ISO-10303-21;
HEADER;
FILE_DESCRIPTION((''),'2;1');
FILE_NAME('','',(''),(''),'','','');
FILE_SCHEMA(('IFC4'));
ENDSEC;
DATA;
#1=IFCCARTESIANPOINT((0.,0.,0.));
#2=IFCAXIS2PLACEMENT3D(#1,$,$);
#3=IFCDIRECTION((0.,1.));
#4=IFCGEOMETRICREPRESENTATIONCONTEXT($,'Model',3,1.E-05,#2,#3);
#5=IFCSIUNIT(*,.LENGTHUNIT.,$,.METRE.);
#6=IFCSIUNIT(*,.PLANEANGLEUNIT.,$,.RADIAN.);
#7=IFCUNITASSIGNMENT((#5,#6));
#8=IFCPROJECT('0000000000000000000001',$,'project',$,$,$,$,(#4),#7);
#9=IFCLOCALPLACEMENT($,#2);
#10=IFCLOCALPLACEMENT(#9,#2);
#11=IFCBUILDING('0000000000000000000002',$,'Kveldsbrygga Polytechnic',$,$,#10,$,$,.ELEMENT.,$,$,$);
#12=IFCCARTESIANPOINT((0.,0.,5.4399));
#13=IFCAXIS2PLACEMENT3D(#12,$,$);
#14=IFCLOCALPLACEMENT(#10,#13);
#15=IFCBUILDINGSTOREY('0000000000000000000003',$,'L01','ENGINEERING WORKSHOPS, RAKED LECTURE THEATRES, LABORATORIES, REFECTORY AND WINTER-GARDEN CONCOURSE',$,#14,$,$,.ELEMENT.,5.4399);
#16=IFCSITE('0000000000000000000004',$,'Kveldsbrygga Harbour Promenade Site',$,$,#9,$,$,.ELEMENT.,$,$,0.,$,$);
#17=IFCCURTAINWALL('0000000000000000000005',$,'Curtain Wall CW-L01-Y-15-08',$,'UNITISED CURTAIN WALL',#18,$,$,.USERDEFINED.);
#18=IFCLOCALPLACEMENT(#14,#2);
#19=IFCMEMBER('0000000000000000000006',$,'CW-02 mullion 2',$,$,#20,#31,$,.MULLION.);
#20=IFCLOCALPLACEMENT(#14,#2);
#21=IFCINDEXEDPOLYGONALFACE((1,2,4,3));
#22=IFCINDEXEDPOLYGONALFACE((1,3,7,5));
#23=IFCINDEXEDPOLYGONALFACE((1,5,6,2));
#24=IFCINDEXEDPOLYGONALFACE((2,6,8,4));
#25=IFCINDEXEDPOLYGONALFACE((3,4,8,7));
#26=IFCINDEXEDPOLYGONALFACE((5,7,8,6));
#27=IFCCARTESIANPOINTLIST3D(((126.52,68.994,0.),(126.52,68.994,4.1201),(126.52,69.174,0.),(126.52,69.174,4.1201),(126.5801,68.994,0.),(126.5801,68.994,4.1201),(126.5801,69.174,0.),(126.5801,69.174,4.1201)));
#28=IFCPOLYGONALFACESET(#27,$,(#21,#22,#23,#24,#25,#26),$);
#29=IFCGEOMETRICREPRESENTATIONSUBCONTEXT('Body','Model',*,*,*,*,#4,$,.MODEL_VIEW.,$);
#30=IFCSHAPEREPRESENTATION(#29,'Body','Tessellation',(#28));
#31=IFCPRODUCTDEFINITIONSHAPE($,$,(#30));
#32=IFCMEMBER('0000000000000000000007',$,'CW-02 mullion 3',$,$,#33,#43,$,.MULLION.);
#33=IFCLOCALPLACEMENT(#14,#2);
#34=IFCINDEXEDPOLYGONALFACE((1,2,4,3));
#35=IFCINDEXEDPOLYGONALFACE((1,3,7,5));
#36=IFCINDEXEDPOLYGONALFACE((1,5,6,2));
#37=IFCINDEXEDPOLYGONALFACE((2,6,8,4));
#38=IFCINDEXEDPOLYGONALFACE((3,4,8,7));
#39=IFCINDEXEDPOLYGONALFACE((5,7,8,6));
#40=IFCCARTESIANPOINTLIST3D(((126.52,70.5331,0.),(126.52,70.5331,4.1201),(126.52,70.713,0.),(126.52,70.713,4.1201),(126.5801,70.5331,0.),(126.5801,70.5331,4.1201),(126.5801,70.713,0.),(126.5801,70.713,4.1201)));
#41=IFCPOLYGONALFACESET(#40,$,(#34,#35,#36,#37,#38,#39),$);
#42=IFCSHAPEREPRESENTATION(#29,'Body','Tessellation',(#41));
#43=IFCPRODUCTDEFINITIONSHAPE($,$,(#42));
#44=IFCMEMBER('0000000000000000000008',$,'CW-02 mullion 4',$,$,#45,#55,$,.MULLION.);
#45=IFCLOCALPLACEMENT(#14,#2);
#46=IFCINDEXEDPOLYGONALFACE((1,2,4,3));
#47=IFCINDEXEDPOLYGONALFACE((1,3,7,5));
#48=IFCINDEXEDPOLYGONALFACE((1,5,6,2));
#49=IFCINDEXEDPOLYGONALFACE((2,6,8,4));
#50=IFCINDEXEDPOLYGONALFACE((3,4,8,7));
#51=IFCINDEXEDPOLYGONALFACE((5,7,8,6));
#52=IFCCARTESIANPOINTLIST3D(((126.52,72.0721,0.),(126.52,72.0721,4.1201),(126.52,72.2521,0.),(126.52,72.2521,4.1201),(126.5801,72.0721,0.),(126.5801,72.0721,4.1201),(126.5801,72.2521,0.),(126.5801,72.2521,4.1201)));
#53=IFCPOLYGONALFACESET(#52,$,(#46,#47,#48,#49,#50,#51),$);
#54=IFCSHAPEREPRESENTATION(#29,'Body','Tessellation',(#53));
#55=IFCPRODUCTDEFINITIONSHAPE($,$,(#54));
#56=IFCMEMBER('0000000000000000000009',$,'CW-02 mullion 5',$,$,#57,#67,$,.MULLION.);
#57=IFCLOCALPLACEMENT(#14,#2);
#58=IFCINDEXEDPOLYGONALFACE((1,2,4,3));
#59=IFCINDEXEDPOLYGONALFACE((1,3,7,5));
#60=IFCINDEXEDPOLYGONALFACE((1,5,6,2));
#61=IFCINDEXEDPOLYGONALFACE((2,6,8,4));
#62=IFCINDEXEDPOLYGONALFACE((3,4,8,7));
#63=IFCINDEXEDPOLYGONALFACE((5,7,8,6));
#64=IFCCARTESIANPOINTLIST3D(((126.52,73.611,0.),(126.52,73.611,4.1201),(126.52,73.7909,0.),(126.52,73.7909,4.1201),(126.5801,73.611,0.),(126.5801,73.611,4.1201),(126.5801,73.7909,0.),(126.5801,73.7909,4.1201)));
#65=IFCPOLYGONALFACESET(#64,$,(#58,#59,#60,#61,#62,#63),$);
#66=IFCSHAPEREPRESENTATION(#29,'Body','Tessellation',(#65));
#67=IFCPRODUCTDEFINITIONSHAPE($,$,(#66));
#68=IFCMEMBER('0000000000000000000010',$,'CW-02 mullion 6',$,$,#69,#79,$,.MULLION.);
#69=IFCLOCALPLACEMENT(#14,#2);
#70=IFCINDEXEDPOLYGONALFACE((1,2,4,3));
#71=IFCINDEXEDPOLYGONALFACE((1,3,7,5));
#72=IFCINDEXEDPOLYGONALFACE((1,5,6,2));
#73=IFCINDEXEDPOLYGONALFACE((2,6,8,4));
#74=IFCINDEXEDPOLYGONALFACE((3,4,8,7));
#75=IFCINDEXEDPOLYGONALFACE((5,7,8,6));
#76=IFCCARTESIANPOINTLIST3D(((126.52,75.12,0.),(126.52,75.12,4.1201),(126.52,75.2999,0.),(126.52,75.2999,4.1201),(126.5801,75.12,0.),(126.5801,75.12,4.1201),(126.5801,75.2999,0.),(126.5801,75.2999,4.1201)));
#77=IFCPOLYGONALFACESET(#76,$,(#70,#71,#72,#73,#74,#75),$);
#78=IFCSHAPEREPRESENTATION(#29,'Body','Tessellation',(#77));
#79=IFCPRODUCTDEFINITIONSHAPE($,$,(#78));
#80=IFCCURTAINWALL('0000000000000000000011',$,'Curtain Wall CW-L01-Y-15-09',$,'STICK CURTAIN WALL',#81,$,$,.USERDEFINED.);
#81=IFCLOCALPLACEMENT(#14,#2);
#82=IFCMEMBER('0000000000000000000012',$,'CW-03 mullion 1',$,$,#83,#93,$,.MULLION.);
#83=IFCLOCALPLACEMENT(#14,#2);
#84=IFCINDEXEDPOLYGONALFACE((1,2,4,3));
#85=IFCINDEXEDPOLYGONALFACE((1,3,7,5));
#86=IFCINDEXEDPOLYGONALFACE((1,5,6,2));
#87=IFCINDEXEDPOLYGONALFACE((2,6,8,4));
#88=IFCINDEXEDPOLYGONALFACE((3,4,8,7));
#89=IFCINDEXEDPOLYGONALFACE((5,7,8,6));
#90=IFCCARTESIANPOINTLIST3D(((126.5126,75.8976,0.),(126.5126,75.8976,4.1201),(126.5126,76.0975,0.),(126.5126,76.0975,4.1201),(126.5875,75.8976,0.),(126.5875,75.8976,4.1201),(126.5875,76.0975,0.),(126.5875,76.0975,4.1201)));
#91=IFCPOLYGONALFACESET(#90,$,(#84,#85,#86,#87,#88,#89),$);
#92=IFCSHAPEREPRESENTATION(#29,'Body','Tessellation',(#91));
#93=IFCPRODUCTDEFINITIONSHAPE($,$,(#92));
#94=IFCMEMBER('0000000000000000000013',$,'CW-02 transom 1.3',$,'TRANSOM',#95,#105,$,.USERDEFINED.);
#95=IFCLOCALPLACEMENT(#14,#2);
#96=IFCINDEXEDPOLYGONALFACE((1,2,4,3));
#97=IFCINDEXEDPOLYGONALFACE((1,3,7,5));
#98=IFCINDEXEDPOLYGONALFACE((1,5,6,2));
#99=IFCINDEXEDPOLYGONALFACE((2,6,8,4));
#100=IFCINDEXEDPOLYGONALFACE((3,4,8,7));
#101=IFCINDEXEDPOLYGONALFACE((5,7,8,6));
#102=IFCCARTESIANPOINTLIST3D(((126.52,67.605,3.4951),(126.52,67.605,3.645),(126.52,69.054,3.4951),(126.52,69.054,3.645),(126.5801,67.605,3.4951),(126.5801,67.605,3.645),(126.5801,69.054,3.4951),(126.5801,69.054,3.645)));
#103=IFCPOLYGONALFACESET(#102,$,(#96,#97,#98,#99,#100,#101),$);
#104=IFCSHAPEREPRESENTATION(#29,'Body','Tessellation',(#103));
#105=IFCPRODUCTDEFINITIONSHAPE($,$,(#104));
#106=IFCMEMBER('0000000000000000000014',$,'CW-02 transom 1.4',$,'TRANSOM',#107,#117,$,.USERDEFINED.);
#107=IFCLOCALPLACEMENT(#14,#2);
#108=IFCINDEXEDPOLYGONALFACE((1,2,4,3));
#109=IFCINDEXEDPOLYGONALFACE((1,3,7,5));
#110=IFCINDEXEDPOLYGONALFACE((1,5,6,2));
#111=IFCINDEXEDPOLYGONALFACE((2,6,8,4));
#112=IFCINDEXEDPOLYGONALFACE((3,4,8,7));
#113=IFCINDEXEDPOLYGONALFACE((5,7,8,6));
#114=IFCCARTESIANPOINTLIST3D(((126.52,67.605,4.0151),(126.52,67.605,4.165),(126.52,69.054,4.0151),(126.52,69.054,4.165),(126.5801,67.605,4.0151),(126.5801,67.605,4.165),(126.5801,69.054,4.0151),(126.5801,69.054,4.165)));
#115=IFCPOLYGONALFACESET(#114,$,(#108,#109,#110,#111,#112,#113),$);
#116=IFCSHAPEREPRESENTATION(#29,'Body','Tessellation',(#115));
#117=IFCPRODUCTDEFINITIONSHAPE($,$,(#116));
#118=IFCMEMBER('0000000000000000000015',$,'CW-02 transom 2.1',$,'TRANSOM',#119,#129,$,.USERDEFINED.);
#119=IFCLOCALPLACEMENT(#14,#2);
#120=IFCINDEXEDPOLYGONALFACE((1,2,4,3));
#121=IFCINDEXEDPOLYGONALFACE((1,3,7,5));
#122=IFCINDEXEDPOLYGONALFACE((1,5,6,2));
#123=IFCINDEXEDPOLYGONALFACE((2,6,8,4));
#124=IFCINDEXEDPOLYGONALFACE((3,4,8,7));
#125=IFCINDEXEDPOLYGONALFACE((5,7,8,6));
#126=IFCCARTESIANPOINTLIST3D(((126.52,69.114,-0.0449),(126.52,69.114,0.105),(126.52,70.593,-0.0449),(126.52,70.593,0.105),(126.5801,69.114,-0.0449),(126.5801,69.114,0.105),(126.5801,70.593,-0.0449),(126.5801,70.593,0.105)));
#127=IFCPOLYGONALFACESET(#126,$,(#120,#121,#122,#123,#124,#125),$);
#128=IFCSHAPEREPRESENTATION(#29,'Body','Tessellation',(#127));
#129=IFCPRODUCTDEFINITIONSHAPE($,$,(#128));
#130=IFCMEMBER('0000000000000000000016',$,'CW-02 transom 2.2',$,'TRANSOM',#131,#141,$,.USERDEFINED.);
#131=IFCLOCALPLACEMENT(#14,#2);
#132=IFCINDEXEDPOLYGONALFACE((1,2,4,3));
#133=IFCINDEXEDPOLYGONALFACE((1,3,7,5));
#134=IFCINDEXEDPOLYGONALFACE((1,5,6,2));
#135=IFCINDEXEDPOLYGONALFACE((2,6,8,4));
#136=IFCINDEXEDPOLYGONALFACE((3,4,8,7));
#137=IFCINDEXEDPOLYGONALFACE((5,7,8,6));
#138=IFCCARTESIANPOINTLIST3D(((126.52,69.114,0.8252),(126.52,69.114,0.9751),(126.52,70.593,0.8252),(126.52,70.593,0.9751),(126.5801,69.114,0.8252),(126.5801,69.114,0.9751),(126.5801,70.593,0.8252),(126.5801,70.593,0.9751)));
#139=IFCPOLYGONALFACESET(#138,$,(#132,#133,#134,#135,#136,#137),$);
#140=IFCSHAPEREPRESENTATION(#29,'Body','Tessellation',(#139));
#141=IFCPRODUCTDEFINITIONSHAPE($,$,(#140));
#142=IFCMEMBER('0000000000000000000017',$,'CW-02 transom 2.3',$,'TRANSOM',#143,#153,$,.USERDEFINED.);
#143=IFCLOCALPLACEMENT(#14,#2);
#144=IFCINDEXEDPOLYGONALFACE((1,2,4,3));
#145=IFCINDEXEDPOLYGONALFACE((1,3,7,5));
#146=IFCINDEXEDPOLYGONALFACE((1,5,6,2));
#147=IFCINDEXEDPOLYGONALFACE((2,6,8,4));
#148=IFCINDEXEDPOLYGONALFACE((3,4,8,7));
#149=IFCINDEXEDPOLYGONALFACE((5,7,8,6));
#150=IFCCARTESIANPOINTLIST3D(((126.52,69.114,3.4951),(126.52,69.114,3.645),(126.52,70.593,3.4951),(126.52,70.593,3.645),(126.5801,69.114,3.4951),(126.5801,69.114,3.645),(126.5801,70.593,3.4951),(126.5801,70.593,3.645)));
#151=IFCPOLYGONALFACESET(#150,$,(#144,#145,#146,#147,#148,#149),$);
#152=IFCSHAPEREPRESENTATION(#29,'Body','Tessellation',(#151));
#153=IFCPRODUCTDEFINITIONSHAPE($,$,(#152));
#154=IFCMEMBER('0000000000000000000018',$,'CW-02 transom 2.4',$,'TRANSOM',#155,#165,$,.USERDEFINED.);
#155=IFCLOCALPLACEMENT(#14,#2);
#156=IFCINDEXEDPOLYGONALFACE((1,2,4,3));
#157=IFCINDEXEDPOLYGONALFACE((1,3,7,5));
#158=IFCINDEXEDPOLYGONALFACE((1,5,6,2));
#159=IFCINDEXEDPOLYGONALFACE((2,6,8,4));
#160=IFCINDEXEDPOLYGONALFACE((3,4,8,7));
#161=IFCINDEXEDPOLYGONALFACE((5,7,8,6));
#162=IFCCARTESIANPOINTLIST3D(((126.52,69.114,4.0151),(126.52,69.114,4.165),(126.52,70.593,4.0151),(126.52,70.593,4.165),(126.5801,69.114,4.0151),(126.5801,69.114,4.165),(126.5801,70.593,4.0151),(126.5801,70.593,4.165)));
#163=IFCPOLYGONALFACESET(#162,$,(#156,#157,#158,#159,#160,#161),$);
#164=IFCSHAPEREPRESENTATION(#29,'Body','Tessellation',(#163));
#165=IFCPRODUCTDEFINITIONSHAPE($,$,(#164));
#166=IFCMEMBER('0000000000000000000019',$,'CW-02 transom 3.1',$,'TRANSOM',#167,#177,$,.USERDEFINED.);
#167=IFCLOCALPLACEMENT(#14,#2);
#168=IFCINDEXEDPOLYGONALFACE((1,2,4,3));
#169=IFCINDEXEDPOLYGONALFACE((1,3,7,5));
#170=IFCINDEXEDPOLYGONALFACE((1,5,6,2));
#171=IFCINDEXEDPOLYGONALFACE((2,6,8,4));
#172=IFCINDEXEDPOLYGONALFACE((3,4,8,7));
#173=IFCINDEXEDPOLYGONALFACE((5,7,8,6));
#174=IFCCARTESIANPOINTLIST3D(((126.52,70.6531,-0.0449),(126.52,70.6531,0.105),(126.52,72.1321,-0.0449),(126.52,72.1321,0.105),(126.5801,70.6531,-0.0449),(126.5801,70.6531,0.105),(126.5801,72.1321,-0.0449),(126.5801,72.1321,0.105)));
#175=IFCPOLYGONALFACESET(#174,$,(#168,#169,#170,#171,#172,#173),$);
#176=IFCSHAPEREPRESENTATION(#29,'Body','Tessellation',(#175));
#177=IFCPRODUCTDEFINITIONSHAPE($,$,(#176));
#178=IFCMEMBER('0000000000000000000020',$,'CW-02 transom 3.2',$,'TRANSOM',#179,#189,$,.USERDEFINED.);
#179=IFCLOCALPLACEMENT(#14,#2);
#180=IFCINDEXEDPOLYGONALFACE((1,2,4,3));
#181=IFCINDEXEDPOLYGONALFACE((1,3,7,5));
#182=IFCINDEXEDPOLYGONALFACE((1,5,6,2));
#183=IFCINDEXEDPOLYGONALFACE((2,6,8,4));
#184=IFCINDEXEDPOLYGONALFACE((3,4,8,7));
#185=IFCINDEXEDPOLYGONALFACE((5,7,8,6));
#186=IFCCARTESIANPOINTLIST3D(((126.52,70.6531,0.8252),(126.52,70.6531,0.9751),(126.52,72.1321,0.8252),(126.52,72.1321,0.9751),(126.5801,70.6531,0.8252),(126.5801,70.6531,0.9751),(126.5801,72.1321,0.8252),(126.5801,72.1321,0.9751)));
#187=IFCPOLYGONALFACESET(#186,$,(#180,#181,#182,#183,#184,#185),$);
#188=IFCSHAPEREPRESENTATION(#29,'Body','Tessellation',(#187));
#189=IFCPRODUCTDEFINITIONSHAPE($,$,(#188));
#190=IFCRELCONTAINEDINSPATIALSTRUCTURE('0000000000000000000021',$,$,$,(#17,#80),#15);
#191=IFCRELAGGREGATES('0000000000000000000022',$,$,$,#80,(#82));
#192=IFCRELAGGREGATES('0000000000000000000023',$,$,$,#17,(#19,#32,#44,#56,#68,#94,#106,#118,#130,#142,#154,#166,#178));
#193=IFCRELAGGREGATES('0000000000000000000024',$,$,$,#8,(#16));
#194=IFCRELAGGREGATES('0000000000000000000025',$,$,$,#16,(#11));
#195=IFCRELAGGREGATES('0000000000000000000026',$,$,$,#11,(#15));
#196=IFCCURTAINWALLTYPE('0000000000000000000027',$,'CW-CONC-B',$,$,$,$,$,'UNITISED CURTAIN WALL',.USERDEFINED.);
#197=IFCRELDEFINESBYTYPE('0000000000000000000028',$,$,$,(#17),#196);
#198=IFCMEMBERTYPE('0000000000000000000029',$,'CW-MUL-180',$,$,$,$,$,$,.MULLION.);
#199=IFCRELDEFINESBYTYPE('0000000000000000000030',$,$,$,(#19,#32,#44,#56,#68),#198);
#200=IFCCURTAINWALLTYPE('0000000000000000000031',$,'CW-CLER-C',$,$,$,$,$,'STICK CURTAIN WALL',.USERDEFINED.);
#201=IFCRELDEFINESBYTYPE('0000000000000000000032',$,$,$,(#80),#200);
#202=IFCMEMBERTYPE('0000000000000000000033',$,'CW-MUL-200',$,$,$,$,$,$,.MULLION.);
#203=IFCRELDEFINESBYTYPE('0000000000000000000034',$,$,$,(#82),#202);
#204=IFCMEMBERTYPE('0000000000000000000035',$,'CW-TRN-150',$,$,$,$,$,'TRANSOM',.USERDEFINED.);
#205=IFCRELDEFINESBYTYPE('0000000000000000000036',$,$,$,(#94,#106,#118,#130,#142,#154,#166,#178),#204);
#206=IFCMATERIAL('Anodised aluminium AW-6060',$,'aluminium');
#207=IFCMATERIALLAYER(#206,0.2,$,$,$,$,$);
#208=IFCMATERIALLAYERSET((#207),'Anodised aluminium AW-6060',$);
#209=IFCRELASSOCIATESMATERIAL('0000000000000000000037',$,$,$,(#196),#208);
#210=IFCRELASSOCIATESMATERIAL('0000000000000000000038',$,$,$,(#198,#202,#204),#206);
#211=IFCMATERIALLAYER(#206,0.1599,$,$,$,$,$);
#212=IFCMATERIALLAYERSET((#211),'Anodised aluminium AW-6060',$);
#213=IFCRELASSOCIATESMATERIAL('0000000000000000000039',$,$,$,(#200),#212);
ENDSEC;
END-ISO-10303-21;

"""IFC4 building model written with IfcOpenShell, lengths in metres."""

from ifc_helpers import new_model, si_unit, direction, frame, origin, origin_2d, place, context, subcontext, project, spatial, rectangle, extrude, material, layer, layer_set, material_profile, profile_set, type_object, element, aggregate, save


model = new_model("IFC4")

# Units and contexts
model_context = context("Model", 3, precision=1e-05, world=origin(), true_north=direction((0.0, 1.0)))
body_context = subcontext(model_context, "Body", "Model", "MODEL_VIEW")
ifc_project = project(units=[si_unit("LENGTHUNIT", "METRE"), si_unit("PLANEANGLEUNIT", "RADIAN")], contexts=[model_context])

# Site, building, storey
site_placement = place(None, origin())
site = spatial("IfcSite", under=ifc_project, at=site_placement, Name="Kveldsbrygga Harbour Promenade Site", CompositionType="ELEMENT", RefElevation=0.0)
building_placement = place(site_placement, origin())
building = spatial("IfcBuilding", under=site, at=building_placement, Name="Kveldsbrygga Polytechnic", CompositionType="ELEMENT")
storey_placement = place(building_placement, frame((0.0, 0.0, 5.4399)))
storey = spatial("IfcBuildingStorey", under=building, at=storey_placement, Name="L01", Description="ENGINEERING WORKSHOPS, RAKED LECTURE THEATRES, LABORATORIES, REFECTORY AND WINTER-GARDEN CONCOURSE", CompositionType="ELEMENT", Elevation=5.4399)

# Curtain wall, members
ifc_material_1 = material(Name="Anodised aluminium AW-6060", Category="aluminium")
ifc_layer_1 = layer(ifc_material_1, 0.2)
ifc_layer_set_1 = layer_set([ifc_layer_1], Name="Anodised aluminium AW-6060")
curtain_wall_type_1 = type_object("IfcCurtainWallType", Name="CW-CONC-B", ElementType="UNITISED CURTAIN WALL", PredefinedType="USERDEFINED", material=ifc_layer_set_1)
curtain_wall_1_placement = place(storey_placement, origin())
curtain_wall_1 = element("IfcCurtainWall", 1, at=curtain_wall_1_placement, inside=storey, type_object=curtain_wall_type_1, Name="Curtain Wall CW-L01-Y-15-08", ObjectType="UNITISED CURTAIN WALL", PredefinedType="USERDEFINED")
ifc_material_profile_1 = material_profile(ifc_material_1, rectangle(XDim=0.0601, YDim=0.1799, at=origin_2d()), Name="ALU 60x180")
ifc_profile_set_1 = profile_set([ifc_material_profile_1], Name="Anodised aluminium AW-6060")
member_type_1 = type_object("IfcMemberType", Name="CW-MUL-180", PredefinedType="MULLION", material=ifc_profile_set_1)
member_1_placement = place(storey_placement, frame((126.55, 69.084, 0.0), z_axis=(0.0, 0.0, 1.0), x_axis=(-1.0, 0.0, 0.0)))
member_1 = element("IfcMember", 2, at=member_1_placement, type_object=member_type_1, Name="CW-02 mullion 2", PredefinedType="MULLION", context=body_context, shape_type="SweptSolid", body=[
    extrude(rectangle(XDim=0.0601, YDim=0.1799, at=origin_2d()), origin(), (0.0, 0.0, 1.0), 4.1201),
])
member_2_placement = place(storey_placement, frame((126.55, 70.623, 0.0), z_axis=(0.0, 0.0, 1.0), x_axis=(-1.0, 0.0, 0.0)))
member_2 = element("IfcMember", 3, at=member_2_placement, type_object=member_type_1, Name="CW-02 mullion 3", PredefinedType="MULLION", context=body_context, shape_type="SweptSolid", body=[
    extrude(rectangle(XDim=0.0601, YDim=0.1799, at=origin_2d()), origin(), (0.0, 0.0, 1.0), 4.1201),
])
member_3_placement = place(storey_placement, frame((126.55, 72.1621, 0.0), z_axis=(0.0, 0.0, 1.0), x_axis=(-1.0, 0.0, 0.0)))
member_3 = element("IfcMember", 4, at=member_3_placement, type_object=member_type_1, Name="CW-02 mullion 4", PredefinedType="MULLION", context=body_context, shape_type="SweptSolid", body=[
    extrude(rectangle(XDim=0.0601, YDim=0.1799, at=origin_2d()), origin(), (0.0, 0.0, 1.0), 4.1201),
])
member_4_placement = place(storey_placement, frame((126.55, 73.7009, 0.0), z_axis=(0.0, 0.0, 1.0), x_axis=(-1.0, 0.0, 0.0)))
member_4 = element("IfcMember", 5, at=member_4_placement, type_object=member_type_1, Name="CW-02 mullion 5", PredefinedType="MULLION", context=body_context, shape_type="SweptSolid", body=[
    extrude(rectangle(XDim=0.0601, YDim=0.1799, at=origin_2d()), origin(), (0.0, 0.0, 1.0), 4.1201),
])
member_5_placement = place(storey_placement, frame((126.55, 75.21, 0.0), z_axis=(0.0, 0.0, 1.0), x_axis=(-1.0, 0.0, 0.0)))
member_5 = element("IfcMember", 6, at=member_5_placement, type_object=member_type_1, Name="CW-02 mullion 6", PredefinedType="MULLION", context=body_context, shape_type="SweptSolid", body=[
    extrude(rectangle(XDim=0.0601, YDim=0.1799, at=origin_2d()), origin(), (0.0, 0.0, 1.0), 4.1201),
])

# Curtain wall, member
ifc_layer_2 = layer(ifc_material_1, 0.1599)
ifc_layer_set_2 = layer_set([ifc_layer_2], Name="Anodised aluminium AW-6060")
curtain_wall_type_2 = type_object("IfcCurtainWallType", Name="CW-CLER-C", ElementType="STICK CURTAIN WALL", PredefinedType="USERDEFINED", material=ifc_layer_set_2)
curtain_wall_2_placement = place(storey_placement, origin())
curtain_wall_2 = element("IfcCurtainWall", 7, at=curtain_wall_2_placement, inside=storey, type_object=curtain_wall_type_2, Name="Curtain Wall CW-L01-Y-15-09", ObjectType="STICK CURTAIN WALL", PredefinedType="USERDEFINED")
ifc_material_profile_2 = material_profile(ifc_material_1, rectangle(XDim=0.075, YDim=0.2, at=origin_2d()), Name="ALU 75x200")
ifc_profile_set_2 = profile_set([ifc_material_profile_2], Name="Anodised aluminium AW-6060")
member_type_2 = type_object("IfcMemberType", Name="CW-MUL-200", PredefinedType="MULLION", material=ifc_profile_set_2)
member_6_placement = place(storey_placement, frame((126.55, 75.9976, 0.0), z_axis=(0.0, 0.0, 1.0), x_axis=(-1.0, 0.0, 0.0)))
member_6 = element("IfcMember", 8, at=member_6_placement, type_object=member_type_2, Name="CW-03 mullion 1", PredefinedType="MULLION", context=body_context, shape_type="SweptSolid", body=[
    extrude(rectangle(XDim=0.075, YDim=0.2, at=origin_2d()), origin(), (0.0, 0.0, 1.0), 4.1201),
])

# Members
ifc_material_profile_3 = material_profile(ifc_material_1, rectangle(XDim=0.0601, YDim=0.1499, at=origin_2d()), Name="ALU 60x150")
ifc_profile_set_3 = profile_set([ifc_material_profile_3], Name="Anodised aluminium AW-6060")
member_type_3 = type_object("IfcMemberType", Name="CW-TRN-150", ElementType="TRANSOM", PredefinedType="USERDEFINED", material=ifc_profile_set_3)
member_7_placement = place(storey_placement, frame((126.55, 67.605, 3.5701), z_axis=(0.0, 1.0, 0.0), x_axis=(-1.0, 0.0, 0.0)))
member_7 = element("IfcMember", 9, at=member_7_placement, type_object=member_type_3, Name="CW-02 transom 1.3", ObjectType="TRANSOM", PredefinedType="USERDEFINED", context=body_context, shape_type="SweptSolid", body=[
    extrude(rectangle(XDim=0.0601, YDim=0.1499, at=origin_2d()), origin(), (0.0, 0.0, 1.0), 1.449),
])
member_8_placement = place(storey_placement, frame((126.55, 67.605, 4.0901), z_axis=(0.0, 1.0, 0.0), x_axis=(-1.0, 0.0, 0.0)))
member_8 = element("IfcMember", 10, at=member_8_placement, type_object=member_type_3, Name="CW-02 transom 1.4", ObjectType="TRANSOM", PredefinedType="USERDEFINED", context=body_context, shape_type="SweptSolid", body=[
    extrude(rectangle(XDim=0.0601, YDim=0.1499, at=origin_2d()), origin(), (0.0, 0.0, 1.0), 1.449),
])
member_9_placement = place(storey_placement, frame((126.55, 69.114, 0.03), z_axis=(0.0, 1.0, 0.0), x_axis=(-1.0, 0.0, 0.0)))
member_9 = element("IfcMember", 11, at=member_9_placement, type_object=member_type_3, Name="CW-02 transom 2.1", ObjectType="TRANSOM", PredefinedType="USERDEFINED", context=body_context, shape_type="SweptSolid", body=[
    extrude(rectangle(XDim=0.0601, YDim=0.1499, at=origin_2d()), origin(), (0.0, 0.0, 1.0), 1.479),
])
member_10_placement = place(storey_placement, frame((126.55, 69.114, 0.9001), z_axis=(0.0, 1.0, 0.0), x_axis=(-1.0, 0.0, 0.0)))
member_10 = element("IfcMember", 12, at=member_10_placement, type_object=member_type_3, Name="CW-02 transom 2.2", ObjectType="TRANSOM", PredefinedType="USERDEFINED", context=body_context, shape_type="SweptSolid", body=[
    extrude(rectangle(XDim=0.0601, YDim=0.1499, at=origin_2d()), origin(), (0.0, 0.0, 1.0), 1.479),
])
member_11_placement = place(storey_placement, frame((126.55, 69.114, 3.5701), z_axis=(0.0, 1.0, 0.0), x_axis=(-1.0, 0.0, 0.0)))
member_11 = element("IfcMember", 13, at=member_11_placement, type_object=member_type_3, Name="CW-02 transom 2.3", ObjectType="TRANSOM", PredefinedType="USERDEFINED", context=body_context, shape_type="SweptSolid", body=[
    extrude(rectangle(XDim=0.0601, YDim=0.1499, at=origin_2d()), origin(), (0.0, 0.0, 1.0), 1.479),
])
member_12_placement = place(storey_placement, frame((126.55, 69.114, 4.0901), z_axis=(0.0, 1.0, 0.0), x_axis=(-1.0, 0.0, 0.0)))
member_12 = element("IfcMember", 14, at=member_12_placement, type_object=member_type_3, Name="CW-02 transom 2.4", ObjectType="TRANSOM", PredefinedType="USERDEFINED", context=body_context, shape_type="SweptSolid", body=[
    extrude(rectangle(XDim=0.0601, YDim=0.1499, at=origin_2d()), origin(), (0.0, 0.0, 1.0), 1.479),
])
member_13_placement = place(storey_placement, frame((126.55, 70.6531, 0.03), z_axis=(0.0, 1.0, 0.0), x_axis=(-1.0, 0.0, 0.0)))
member_13 = element("IfcMember", 15, at=member_13_placement, type_object=member_type_3, Name="CW-02 transom 3.1", ObjectType="TRANSOM", PredefinedType="USERDEFINED", context=body_context, shape_type="SweptSolid", body=[
    extrude(rectangle(XDim=0.0601, YDim=0.1499, at=origin_2d()), origin(), (0.0, 0.0, 1.0), 1.479),
])
member_14_placement = place(storey_placement, frame((126.55, 70.6531, 0.9001), z_axis=(0.0, 1.0, 0.0), x_axis=(-1.0, 0.0, 0.0)))
member_14 = element("IfcMember", 16, at=member_14_placement, type_object=member_type_3, Name="CW-02 transom 3.2", ObjectType="TRANSOM", PredefinedType="USERDEFINED", context=body_context, shape_type="SweptSolid", body=[
    extrude(rectangle(XDim=0.0601, YDim=0.1499, at=origin_2d()), origin(), (0.0, 0.0, 1.0), 1.479),
])
aggregate(curtain_wall_2, [member_6])

aggregate(curtain_wall_1, [member_1, member_2, member_3, member_4, member_5, member_7, member_8, member_9, member_10, member_11, member_12, member_13, member_14])

save(model, "model.ifc")
